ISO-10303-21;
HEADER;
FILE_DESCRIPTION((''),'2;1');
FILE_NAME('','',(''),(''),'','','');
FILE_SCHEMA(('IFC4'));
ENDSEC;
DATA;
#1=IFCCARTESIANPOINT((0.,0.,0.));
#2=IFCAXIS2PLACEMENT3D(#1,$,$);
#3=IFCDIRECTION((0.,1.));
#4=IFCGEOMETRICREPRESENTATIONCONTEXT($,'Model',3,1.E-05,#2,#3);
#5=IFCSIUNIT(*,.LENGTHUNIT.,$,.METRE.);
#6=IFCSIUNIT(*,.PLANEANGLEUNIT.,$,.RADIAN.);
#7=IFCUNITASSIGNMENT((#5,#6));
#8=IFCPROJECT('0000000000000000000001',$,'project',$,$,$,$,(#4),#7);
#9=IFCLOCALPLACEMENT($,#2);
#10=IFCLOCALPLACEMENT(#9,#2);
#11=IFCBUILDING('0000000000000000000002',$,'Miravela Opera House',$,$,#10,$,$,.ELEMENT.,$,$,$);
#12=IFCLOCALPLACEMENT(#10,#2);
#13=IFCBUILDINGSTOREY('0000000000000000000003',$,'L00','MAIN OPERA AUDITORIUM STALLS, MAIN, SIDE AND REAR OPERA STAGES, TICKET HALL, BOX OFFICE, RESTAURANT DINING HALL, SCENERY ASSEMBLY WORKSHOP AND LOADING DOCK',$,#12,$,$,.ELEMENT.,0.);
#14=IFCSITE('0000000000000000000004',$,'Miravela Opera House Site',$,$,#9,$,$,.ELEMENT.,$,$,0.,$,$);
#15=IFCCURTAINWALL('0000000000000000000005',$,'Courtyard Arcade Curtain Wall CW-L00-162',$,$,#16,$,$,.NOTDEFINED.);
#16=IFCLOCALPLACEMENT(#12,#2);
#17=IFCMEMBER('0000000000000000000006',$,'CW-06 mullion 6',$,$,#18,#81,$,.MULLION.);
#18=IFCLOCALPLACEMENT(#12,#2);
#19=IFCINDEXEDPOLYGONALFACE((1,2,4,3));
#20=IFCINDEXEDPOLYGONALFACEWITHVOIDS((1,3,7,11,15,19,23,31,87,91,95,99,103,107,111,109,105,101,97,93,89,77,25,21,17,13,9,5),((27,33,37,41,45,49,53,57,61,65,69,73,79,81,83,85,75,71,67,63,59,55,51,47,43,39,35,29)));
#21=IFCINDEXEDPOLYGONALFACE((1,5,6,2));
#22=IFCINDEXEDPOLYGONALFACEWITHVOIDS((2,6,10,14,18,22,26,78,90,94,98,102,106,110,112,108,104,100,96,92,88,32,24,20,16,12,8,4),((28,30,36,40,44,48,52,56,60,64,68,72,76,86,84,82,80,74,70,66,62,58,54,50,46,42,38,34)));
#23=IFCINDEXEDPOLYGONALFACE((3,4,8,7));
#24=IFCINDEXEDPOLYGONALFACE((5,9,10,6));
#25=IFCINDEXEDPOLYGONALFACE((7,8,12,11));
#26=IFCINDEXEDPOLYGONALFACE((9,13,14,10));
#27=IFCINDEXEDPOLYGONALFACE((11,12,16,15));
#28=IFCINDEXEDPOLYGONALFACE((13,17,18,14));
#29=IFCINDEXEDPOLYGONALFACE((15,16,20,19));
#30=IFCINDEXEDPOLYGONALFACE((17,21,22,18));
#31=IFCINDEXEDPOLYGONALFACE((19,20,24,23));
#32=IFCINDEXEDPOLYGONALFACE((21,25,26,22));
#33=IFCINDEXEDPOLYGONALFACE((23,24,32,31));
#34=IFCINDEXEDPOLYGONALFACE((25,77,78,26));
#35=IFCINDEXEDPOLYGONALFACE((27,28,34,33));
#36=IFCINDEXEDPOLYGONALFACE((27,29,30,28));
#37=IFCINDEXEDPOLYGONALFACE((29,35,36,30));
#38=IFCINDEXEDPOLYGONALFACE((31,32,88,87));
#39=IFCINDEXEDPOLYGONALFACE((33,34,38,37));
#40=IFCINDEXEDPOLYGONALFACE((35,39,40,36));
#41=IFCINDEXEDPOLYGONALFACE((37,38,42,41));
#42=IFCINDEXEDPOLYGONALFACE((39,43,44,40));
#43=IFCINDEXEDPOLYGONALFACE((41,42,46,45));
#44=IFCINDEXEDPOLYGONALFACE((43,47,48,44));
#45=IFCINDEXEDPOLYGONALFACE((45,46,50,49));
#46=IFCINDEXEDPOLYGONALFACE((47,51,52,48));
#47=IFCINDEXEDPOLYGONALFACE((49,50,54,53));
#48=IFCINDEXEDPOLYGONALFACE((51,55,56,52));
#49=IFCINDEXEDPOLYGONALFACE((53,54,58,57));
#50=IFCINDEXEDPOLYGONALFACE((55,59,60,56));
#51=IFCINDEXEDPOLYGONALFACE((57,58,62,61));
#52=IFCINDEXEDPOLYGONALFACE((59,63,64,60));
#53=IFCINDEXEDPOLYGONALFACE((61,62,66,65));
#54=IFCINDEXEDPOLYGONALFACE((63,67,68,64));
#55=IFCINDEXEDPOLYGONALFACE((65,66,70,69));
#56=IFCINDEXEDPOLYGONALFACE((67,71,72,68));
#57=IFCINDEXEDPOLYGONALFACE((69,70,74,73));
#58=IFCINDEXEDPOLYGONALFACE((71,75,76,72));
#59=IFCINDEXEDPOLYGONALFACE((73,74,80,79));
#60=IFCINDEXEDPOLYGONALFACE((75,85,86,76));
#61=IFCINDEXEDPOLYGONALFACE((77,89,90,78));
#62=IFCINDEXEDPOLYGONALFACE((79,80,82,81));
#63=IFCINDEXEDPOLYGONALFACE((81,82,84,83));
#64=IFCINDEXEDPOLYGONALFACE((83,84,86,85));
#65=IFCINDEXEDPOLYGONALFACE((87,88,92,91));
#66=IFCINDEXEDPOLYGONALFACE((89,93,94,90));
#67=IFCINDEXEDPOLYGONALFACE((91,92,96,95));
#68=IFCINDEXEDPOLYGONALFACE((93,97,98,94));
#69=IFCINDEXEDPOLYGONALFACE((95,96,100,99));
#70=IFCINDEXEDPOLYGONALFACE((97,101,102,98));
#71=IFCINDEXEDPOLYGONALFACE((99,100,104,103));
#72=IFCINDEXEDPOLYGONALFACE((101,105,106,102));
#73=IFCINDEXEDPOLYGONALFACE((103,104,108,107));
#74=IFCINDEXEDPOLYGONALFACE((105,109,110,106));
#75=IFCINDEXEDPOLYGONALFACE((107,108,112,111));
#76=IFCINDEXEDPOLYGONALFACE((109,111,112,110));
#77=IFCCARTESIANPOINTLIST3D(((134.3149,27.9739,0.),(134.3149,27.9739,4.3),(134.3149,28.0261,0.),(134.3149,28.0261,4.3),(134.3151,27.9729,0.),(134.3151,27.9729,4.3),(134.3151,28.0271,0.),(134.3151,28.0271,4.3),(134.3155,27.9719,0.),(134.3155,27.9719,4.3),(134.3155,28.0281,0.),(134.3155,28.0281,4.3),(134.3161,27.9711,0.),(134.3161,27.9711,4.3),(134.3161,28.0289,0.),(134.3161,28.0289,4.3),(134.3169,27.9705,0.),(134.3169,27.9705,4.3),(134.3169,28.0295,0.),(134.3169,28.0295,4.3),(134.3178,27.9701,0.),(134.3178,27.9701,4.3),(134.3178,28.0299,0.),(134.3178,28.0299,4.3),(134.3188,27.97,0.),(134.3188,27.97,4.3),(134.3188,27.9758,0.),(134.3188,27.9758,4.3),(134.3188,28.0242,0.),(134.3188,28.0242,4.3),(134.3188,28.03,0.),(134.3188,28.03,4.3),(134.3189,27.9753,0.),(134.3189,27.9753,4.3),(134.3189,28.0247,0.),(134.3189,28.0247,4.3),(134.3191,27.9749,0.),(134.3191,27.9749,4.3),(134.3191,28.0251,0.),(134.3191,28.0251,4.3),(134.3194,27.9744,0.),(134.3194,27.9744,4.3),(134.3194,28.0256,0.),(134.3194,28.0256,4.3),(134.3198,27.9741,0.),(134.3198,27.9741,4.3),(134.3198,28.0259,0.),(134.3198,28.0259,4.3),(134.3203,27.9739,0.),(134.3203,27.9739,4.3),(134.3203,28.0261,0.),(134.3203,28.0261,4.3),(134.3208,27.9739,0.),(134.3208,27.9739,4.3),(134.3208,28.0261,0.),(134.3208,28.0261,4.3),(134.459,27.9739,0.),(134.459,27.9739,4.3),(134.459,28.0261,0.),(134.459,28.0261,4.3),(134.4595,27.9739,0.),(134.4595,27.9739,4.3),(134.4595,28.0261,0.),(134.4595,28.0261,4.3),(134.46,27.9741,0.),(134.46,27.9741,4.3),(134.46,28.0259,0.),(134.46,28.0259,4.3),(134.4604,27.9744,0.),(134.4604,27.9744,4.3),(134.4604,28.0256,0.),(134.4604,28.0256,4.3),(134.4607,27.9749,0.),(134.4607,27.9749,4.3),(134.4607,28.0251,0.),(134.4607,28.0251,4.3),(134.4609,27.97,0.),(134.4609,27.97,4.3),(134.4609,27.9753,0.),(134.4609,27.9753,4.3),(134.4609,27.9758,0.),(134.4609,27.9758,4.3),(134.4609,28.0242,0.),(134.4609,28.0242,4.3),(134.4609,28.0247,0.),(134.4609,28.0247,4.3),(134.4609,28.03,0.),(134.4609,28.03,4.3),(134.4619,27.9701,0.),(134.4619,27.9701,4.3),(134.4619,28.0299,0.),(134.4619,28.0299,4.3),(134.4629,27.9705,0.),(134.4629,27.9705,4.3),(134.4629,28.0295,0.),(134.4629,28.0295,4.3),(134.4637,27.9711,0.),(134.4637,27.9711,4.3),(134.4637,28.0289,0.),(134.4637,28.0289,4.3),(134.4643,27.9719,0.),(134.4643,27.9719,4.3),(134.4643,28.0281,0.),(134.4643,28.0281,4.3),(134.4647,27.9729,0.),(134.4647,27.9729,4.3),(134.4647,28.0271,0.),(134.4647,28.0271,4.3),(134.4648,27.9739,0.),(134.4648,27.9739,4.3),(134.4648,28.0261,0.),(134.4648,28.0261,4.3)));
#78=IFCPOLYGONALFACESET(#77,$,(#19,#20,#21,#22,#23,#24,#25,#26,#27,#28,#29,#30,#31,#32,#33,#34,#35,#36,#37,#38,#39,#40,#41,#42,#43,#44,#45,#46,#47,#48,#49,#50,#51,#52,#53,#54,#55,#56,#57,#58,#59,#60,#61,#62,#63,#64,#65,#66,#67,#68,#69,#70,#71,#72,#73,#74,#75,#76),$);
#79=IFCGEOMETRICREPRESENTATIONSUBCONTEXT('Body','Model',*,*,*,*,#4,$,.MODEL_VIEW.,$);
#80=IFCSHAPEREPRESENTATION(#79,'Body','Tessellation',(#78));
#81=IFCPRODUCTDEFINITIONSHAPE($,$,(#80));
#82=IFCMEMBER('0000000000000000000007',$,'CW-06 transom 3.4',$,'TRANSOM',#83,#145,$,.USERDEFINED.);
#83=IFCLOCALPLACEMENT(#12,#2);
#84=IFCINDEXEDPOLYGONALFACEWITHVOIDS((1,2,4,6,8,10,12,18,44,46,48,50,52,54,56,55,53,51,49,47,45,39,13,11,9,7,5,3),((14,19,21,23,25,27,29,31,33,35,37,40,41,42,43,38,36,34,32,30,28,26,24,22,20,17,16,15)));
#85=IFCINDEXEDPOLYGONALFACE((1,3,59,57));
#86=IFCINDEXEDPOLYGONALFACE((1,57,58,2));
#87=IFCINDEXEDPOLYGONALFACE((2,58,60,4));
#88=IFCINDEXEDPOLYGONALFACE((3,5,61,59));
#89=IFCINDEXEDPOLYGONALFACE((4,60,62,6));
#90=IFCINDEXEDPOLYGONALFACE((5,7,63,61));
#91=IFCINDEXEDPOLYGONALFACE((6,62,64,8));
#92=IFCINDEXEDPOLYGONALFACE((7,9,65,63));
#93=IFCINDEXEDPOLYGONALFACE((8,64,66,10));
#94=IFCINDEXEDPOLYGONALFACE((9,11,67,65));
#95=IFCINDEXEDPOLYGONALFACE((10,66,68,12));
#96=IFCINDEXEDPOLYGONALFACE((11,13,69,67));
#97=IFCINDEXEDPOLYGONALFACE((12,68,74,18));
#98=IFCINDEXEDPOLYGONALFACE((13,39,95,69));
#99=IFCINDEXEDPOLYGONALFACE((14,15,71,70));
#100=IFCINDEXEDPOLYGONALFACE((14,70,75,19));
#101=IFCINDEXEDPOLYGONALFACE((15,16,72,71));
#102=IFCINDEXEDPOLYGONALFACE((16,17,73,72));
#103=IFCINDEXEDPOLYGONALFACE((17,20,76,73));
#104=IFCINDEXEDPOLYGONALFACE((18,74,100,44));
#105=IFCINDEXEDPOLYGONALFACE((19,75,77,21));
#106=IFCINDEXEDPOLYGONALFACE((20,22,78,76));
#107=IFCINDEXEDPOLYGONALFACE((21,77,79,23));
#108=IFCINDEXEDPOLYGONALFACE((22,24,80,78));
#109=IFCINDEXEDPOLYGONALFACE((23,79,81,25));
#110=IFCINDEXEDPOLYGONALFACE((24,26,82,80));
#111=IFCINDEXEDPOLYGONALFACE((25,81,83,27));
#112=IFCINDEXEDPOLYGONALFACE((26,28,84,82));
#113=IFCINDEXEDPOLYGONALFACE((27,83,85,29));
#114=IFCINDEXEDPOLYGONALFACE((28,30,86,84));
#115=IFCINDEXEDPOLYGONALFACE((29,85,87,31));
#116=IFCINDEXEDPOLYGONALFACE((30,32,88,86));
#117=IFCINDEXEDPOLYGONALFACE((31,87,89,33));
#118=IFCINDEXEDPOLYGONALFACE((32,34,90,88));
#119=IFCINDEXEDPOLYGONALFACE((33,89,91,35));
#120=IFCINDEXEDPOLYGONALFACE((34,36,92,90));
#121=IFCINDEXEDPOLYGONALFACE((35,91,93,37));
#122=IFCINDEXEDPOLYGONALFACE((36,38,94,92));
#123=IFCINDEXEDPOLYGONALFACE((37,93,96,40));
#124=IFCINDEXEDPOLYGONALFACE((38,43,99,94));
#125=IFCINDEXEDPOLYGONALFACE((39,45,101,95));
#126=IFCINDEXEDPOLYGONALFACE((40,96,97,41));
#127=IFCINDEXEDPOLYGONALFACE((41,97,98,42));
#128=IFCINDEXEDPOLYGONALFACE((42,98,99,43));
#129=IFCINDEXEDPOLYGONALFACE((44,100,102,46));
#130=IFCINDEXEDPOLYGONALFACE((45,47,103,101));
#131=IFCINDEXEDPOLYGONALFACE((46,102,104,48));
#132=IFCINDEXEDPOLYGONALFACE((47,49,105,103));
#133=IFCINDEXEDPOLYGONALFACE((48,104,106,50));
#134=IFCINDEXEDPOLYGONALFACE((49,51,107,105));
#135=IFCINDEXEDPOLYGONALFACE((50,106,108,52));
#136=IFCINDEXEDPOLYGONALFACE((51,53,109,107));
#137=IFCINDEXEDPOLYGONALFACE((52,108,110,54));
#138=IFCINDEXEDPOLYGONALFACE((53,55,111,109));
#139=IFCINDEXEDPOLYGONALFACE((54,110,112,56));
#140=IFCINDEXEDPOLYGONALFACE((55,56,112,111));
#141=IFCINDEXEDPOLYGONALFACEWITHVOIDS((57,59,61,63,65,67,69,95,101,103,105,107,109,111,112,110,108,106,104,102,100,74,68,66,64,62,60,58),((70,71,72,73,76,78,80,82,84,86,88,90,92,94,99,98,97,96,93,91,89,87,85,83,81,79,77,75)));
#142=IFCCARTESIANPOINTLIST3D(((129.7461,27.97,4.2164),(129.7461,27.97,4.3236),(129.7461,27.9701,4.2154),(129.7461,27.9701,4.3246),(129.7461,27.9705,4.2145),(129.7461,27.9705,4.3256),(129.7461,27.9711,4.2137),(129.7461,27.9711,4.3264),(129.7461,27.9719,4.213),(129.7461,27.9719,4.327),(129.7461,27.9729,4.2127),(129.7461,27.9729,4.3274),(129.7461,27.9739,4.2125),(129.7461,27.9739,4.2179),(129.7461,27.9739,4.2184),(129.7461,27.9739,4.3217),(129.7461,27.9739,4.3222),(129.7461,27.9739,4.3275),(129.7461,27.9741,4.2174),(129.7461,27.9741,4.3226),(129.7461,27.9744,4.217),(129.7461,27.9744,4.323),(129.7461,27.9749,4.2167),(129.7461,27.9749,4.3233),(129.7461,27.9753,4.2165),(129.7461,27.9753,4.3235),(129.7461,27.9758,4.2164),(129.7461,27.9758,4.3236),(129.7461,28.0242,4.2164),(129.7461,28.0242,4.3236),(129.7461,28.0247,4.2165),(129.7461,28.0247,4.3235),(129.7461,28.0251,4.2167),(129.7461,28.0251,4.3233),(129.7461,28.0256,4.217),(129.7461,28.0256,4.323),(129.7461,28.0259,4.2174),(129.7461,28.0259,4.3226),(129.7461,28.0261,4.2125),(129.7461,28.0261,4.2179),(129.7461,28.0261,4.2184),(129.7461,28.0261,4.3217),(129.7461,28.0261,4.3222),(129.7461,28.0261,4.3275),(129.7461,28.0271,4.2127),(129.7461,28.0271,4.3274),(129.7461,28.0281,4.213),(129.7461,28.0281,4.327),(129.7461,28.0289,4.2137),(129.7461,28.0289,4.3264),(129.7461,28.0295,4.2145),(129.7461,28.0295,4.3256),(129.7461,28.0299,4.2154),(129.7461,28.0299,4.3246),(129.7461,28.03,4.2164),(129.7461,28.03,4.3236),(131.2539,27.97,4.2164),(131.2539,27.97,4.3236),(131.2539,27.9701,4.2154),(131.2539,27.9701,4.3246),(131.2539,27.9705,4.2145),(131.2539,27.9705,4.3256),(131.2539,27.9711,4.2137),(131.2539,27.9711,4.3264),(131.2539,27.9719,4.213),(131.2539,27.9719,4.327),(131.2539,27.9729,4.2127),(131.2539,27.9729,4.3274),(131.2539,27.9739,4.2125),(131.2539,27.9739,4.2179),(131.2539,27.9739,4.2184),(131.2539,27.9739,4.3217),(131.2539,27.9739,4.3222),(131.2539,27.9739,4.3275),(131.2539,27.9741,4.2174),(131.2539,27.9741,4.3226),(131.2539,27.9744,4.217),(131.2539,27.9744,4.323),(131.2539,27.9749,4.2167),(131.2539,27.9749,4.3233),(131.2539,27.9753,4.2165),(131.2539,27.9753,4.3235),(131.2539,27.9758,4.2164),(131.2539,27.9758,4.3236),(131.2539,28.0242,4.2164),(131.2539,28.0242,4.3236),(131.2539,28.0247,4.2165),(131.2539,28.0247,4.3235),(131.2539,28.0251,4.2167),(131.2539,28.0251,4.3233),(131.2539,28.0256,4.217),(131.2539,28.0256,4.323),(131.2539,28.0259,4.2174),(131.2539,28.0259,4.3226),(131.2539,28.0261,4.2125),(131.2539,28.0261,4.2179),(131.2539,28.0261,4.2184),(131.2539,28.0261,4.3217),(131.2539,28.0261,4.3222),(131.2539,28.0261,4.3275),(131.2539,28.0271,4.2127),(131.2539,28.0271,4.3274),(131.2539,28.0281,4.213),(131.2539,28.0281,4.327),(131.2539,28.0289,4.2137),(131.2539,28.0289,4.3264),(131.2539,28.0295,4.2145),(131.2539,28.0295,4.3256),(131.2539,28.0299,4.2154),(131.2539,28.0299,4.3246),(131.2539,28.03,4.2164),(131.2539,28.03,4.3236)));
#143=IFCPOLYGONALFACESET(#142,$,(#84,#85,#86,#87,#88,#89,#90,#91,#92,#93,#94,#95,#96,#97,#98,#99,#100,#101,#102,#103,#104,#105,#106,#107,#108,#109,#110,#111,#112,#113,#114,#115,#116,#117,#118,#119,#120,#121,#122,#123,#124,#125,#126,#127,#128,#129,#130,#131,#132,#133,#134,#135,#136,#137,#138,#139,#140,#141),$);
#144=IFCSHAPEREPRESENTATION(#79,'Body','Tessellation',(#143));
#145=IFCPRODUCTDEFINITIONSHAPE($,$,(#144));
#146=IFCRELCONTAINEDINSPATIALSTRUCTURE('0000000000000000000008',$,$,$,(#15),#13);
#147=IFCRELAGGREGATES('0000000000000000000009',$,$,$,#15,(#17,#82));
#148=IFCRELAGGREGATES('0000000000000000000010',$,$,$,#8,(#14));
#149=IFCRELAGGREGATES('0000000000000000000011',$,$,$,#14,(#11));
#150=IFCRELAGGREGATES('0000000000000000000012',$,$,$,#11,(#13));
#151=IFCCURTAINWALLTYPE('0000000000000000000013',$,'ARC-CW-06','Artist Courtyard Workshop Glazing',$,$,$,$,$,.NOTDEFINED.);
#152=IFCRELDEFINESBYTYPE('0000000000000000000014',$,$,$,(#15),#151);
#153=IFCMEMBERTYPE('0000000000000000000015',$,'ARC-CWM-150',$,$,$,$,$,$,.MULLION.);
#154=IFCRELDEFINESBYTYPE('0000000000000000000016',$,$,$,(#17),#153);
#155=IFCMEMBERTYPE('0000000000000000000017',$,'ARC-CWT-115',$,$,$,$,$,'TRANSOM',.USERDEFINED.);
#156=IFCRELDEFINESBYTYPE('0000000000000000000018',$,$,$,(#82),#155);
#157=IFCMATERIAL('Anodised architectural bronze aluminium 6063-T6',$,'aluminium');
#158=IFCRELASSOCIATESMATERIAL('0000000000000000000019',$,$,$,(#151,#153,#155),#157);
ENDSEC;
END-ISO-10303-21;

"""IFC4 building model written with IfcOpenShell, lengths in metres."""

from ifc_helpers import new_model, si_unit, direction, frame, origin, origin_2d, place, context, subcontext, project, spatial, hollow_rectangle, extrude, material, material_profile, profile_set, type_object, element, aggregate, save


model = new_model("IFC4")

# Units and contexts
model_context = context("Model", 3, precision=1e-05, world=origin(), true_north=direction((0.0, 1.0)))
body_context = subcontext(model_context, "Body", "Model", "MODEL_VIEW")
ifc_project = project(units=[si_unit("LENGTHUNIT", "METRE"), si_unit("PLANEANGLEUNIT", "RADIAN")], contexts=[model_context])

# Site, building, storey
site_placement = place(None, origin())
site = spatial("IfcSite", under=ifc_project, at=site_placement, Name="Miravela Opera House Site", CompositionType="ELEMENT", RefElevation=0.0)
building_placement = place(site_placement, origin())
building = spatial("IfcBuilding", under=site, at=building_placement, Name="Miravela Opera House", CompositionType="ELEMENT")
storey_placement = place(building_placement, origin())
storey = spatial("IfcBuildingStorey", under=building, at=storey_placement, Name="L00", Description="MAIN OPERA AUDITORIUM STALLS, MAIN, SIDE AND REAR OPERA STAGES, TICKET HALL, BOX OFFICE, RESTAURANT DINING HALL, SCENERY ASSEMBLY WORKSHOP AND LOADING DOCK", CompositionType="ELEMENT", Elevation=0.0)

# Curtain wall, members
ifc_material_1 = material(Name="Anodised architectural bronze aluminium 6063-T6", Category="aluminium")
curtain_wall_type = type_object("IfcCurtainWallType", Name="ARC-CW-06", Description="Artist Courtyard Workshop Glazing", PredefinedType="NOTDEFINED", material=ifc_material_1)
curtain_wall_placement = place(storey_placement, origin())
curtain_wall = element("IfcCurtainWall", 1, at=curtain_wall_placement, inside=storey, type_object=curtain_wall_type, Name="Courtyard Arcade Curtain Wall CW-L00-162", PredefinedType="NOTDEFINED")
ifc_material_profile_1 = material_profile(ifc_material_1, hollow_rectangle(XDim=0.0601, YDim=0.1499, WallThickness=0.0039, InnerFilletRadius=0.002, OuterFilletRadius=0.0039, at=origin_2d()), Name="CWM-60X150")
ifc_profile_set_1 = profile_set([ifc_material_profile_1])
member_type_1 = type_object("IfcMemberType", Name="ARC-CWM-150", PredefinedType="MULLION", material=ifc_profile_set_1)
member_1_placement = place(storey_placement, frame((134.3899, 28.0, 0.0), z_axis=(0.0, 0.0, 1.0), x_axis=(0.0, 1.0, 0.0)))
member_1 = element("IfcMember", 2, at=member_1_placement, type_object=member_type_1, Name="CW-06 mullion 6", PredefinedType="MULLION", context=body_context, shape_type="SweptSolid", body=[
    extrude(hollow_rectangle(XDim=0.0601, YDim=0.1499, WallThickness=0.0039, InnerFilletRadius=0.002, OuterFilletRadius=0.0039, at=origin_2d()), origin(), (0.0, 0.0, 1.0), 4.3),
])
ifc_material_profile_2 = material_profile(ifc_material_1, hollow_rectangle(XDim=0.0601, YDim=0.115, WallThickness=0.0039, InnerFilletRadius=0.002, OuterFilletRadius=0.0039, at=origin_2d()), Name="CWT-60X115")
ifc_profile_set_2 = profile_set([ifc_material_profile_2])
member_type_2 = type_object("IfcMemberType", Name="ARC-CWT-115", ElementType="TRANSOM", PredefinedType="USERDEFINED", material=ifc_profile_set_2)
member_2_placement = place(storey_placement, frame((129.7461, 28.0, 4.27), z_axis=(1.0, 0.0, 0.0), x_axis=(0.0, 1.0, 0.0)))
member_2 = element("IfcMember", 3, at=member_2_placement, type_object=member_type_2, Name="CW-06 transom 3.4", ObjectType="TRANSOM", PredefinedType="USERDEFINED", context=body_context, shape_type="SweptSolid", body=[
    extrude(hollow_rectangle(XDim=0.0601, YDim=0.115, WallThickness=0.0039, InnerFilletRadius=0.002, OuterFilletRadius=0.0039, at=origin_2d()), origin(), (0.0, 0.0, 1.0), 1.5078),
])

aggregate(curtain_wall, [member_1, member_2])

save(model, "model.ifc")
